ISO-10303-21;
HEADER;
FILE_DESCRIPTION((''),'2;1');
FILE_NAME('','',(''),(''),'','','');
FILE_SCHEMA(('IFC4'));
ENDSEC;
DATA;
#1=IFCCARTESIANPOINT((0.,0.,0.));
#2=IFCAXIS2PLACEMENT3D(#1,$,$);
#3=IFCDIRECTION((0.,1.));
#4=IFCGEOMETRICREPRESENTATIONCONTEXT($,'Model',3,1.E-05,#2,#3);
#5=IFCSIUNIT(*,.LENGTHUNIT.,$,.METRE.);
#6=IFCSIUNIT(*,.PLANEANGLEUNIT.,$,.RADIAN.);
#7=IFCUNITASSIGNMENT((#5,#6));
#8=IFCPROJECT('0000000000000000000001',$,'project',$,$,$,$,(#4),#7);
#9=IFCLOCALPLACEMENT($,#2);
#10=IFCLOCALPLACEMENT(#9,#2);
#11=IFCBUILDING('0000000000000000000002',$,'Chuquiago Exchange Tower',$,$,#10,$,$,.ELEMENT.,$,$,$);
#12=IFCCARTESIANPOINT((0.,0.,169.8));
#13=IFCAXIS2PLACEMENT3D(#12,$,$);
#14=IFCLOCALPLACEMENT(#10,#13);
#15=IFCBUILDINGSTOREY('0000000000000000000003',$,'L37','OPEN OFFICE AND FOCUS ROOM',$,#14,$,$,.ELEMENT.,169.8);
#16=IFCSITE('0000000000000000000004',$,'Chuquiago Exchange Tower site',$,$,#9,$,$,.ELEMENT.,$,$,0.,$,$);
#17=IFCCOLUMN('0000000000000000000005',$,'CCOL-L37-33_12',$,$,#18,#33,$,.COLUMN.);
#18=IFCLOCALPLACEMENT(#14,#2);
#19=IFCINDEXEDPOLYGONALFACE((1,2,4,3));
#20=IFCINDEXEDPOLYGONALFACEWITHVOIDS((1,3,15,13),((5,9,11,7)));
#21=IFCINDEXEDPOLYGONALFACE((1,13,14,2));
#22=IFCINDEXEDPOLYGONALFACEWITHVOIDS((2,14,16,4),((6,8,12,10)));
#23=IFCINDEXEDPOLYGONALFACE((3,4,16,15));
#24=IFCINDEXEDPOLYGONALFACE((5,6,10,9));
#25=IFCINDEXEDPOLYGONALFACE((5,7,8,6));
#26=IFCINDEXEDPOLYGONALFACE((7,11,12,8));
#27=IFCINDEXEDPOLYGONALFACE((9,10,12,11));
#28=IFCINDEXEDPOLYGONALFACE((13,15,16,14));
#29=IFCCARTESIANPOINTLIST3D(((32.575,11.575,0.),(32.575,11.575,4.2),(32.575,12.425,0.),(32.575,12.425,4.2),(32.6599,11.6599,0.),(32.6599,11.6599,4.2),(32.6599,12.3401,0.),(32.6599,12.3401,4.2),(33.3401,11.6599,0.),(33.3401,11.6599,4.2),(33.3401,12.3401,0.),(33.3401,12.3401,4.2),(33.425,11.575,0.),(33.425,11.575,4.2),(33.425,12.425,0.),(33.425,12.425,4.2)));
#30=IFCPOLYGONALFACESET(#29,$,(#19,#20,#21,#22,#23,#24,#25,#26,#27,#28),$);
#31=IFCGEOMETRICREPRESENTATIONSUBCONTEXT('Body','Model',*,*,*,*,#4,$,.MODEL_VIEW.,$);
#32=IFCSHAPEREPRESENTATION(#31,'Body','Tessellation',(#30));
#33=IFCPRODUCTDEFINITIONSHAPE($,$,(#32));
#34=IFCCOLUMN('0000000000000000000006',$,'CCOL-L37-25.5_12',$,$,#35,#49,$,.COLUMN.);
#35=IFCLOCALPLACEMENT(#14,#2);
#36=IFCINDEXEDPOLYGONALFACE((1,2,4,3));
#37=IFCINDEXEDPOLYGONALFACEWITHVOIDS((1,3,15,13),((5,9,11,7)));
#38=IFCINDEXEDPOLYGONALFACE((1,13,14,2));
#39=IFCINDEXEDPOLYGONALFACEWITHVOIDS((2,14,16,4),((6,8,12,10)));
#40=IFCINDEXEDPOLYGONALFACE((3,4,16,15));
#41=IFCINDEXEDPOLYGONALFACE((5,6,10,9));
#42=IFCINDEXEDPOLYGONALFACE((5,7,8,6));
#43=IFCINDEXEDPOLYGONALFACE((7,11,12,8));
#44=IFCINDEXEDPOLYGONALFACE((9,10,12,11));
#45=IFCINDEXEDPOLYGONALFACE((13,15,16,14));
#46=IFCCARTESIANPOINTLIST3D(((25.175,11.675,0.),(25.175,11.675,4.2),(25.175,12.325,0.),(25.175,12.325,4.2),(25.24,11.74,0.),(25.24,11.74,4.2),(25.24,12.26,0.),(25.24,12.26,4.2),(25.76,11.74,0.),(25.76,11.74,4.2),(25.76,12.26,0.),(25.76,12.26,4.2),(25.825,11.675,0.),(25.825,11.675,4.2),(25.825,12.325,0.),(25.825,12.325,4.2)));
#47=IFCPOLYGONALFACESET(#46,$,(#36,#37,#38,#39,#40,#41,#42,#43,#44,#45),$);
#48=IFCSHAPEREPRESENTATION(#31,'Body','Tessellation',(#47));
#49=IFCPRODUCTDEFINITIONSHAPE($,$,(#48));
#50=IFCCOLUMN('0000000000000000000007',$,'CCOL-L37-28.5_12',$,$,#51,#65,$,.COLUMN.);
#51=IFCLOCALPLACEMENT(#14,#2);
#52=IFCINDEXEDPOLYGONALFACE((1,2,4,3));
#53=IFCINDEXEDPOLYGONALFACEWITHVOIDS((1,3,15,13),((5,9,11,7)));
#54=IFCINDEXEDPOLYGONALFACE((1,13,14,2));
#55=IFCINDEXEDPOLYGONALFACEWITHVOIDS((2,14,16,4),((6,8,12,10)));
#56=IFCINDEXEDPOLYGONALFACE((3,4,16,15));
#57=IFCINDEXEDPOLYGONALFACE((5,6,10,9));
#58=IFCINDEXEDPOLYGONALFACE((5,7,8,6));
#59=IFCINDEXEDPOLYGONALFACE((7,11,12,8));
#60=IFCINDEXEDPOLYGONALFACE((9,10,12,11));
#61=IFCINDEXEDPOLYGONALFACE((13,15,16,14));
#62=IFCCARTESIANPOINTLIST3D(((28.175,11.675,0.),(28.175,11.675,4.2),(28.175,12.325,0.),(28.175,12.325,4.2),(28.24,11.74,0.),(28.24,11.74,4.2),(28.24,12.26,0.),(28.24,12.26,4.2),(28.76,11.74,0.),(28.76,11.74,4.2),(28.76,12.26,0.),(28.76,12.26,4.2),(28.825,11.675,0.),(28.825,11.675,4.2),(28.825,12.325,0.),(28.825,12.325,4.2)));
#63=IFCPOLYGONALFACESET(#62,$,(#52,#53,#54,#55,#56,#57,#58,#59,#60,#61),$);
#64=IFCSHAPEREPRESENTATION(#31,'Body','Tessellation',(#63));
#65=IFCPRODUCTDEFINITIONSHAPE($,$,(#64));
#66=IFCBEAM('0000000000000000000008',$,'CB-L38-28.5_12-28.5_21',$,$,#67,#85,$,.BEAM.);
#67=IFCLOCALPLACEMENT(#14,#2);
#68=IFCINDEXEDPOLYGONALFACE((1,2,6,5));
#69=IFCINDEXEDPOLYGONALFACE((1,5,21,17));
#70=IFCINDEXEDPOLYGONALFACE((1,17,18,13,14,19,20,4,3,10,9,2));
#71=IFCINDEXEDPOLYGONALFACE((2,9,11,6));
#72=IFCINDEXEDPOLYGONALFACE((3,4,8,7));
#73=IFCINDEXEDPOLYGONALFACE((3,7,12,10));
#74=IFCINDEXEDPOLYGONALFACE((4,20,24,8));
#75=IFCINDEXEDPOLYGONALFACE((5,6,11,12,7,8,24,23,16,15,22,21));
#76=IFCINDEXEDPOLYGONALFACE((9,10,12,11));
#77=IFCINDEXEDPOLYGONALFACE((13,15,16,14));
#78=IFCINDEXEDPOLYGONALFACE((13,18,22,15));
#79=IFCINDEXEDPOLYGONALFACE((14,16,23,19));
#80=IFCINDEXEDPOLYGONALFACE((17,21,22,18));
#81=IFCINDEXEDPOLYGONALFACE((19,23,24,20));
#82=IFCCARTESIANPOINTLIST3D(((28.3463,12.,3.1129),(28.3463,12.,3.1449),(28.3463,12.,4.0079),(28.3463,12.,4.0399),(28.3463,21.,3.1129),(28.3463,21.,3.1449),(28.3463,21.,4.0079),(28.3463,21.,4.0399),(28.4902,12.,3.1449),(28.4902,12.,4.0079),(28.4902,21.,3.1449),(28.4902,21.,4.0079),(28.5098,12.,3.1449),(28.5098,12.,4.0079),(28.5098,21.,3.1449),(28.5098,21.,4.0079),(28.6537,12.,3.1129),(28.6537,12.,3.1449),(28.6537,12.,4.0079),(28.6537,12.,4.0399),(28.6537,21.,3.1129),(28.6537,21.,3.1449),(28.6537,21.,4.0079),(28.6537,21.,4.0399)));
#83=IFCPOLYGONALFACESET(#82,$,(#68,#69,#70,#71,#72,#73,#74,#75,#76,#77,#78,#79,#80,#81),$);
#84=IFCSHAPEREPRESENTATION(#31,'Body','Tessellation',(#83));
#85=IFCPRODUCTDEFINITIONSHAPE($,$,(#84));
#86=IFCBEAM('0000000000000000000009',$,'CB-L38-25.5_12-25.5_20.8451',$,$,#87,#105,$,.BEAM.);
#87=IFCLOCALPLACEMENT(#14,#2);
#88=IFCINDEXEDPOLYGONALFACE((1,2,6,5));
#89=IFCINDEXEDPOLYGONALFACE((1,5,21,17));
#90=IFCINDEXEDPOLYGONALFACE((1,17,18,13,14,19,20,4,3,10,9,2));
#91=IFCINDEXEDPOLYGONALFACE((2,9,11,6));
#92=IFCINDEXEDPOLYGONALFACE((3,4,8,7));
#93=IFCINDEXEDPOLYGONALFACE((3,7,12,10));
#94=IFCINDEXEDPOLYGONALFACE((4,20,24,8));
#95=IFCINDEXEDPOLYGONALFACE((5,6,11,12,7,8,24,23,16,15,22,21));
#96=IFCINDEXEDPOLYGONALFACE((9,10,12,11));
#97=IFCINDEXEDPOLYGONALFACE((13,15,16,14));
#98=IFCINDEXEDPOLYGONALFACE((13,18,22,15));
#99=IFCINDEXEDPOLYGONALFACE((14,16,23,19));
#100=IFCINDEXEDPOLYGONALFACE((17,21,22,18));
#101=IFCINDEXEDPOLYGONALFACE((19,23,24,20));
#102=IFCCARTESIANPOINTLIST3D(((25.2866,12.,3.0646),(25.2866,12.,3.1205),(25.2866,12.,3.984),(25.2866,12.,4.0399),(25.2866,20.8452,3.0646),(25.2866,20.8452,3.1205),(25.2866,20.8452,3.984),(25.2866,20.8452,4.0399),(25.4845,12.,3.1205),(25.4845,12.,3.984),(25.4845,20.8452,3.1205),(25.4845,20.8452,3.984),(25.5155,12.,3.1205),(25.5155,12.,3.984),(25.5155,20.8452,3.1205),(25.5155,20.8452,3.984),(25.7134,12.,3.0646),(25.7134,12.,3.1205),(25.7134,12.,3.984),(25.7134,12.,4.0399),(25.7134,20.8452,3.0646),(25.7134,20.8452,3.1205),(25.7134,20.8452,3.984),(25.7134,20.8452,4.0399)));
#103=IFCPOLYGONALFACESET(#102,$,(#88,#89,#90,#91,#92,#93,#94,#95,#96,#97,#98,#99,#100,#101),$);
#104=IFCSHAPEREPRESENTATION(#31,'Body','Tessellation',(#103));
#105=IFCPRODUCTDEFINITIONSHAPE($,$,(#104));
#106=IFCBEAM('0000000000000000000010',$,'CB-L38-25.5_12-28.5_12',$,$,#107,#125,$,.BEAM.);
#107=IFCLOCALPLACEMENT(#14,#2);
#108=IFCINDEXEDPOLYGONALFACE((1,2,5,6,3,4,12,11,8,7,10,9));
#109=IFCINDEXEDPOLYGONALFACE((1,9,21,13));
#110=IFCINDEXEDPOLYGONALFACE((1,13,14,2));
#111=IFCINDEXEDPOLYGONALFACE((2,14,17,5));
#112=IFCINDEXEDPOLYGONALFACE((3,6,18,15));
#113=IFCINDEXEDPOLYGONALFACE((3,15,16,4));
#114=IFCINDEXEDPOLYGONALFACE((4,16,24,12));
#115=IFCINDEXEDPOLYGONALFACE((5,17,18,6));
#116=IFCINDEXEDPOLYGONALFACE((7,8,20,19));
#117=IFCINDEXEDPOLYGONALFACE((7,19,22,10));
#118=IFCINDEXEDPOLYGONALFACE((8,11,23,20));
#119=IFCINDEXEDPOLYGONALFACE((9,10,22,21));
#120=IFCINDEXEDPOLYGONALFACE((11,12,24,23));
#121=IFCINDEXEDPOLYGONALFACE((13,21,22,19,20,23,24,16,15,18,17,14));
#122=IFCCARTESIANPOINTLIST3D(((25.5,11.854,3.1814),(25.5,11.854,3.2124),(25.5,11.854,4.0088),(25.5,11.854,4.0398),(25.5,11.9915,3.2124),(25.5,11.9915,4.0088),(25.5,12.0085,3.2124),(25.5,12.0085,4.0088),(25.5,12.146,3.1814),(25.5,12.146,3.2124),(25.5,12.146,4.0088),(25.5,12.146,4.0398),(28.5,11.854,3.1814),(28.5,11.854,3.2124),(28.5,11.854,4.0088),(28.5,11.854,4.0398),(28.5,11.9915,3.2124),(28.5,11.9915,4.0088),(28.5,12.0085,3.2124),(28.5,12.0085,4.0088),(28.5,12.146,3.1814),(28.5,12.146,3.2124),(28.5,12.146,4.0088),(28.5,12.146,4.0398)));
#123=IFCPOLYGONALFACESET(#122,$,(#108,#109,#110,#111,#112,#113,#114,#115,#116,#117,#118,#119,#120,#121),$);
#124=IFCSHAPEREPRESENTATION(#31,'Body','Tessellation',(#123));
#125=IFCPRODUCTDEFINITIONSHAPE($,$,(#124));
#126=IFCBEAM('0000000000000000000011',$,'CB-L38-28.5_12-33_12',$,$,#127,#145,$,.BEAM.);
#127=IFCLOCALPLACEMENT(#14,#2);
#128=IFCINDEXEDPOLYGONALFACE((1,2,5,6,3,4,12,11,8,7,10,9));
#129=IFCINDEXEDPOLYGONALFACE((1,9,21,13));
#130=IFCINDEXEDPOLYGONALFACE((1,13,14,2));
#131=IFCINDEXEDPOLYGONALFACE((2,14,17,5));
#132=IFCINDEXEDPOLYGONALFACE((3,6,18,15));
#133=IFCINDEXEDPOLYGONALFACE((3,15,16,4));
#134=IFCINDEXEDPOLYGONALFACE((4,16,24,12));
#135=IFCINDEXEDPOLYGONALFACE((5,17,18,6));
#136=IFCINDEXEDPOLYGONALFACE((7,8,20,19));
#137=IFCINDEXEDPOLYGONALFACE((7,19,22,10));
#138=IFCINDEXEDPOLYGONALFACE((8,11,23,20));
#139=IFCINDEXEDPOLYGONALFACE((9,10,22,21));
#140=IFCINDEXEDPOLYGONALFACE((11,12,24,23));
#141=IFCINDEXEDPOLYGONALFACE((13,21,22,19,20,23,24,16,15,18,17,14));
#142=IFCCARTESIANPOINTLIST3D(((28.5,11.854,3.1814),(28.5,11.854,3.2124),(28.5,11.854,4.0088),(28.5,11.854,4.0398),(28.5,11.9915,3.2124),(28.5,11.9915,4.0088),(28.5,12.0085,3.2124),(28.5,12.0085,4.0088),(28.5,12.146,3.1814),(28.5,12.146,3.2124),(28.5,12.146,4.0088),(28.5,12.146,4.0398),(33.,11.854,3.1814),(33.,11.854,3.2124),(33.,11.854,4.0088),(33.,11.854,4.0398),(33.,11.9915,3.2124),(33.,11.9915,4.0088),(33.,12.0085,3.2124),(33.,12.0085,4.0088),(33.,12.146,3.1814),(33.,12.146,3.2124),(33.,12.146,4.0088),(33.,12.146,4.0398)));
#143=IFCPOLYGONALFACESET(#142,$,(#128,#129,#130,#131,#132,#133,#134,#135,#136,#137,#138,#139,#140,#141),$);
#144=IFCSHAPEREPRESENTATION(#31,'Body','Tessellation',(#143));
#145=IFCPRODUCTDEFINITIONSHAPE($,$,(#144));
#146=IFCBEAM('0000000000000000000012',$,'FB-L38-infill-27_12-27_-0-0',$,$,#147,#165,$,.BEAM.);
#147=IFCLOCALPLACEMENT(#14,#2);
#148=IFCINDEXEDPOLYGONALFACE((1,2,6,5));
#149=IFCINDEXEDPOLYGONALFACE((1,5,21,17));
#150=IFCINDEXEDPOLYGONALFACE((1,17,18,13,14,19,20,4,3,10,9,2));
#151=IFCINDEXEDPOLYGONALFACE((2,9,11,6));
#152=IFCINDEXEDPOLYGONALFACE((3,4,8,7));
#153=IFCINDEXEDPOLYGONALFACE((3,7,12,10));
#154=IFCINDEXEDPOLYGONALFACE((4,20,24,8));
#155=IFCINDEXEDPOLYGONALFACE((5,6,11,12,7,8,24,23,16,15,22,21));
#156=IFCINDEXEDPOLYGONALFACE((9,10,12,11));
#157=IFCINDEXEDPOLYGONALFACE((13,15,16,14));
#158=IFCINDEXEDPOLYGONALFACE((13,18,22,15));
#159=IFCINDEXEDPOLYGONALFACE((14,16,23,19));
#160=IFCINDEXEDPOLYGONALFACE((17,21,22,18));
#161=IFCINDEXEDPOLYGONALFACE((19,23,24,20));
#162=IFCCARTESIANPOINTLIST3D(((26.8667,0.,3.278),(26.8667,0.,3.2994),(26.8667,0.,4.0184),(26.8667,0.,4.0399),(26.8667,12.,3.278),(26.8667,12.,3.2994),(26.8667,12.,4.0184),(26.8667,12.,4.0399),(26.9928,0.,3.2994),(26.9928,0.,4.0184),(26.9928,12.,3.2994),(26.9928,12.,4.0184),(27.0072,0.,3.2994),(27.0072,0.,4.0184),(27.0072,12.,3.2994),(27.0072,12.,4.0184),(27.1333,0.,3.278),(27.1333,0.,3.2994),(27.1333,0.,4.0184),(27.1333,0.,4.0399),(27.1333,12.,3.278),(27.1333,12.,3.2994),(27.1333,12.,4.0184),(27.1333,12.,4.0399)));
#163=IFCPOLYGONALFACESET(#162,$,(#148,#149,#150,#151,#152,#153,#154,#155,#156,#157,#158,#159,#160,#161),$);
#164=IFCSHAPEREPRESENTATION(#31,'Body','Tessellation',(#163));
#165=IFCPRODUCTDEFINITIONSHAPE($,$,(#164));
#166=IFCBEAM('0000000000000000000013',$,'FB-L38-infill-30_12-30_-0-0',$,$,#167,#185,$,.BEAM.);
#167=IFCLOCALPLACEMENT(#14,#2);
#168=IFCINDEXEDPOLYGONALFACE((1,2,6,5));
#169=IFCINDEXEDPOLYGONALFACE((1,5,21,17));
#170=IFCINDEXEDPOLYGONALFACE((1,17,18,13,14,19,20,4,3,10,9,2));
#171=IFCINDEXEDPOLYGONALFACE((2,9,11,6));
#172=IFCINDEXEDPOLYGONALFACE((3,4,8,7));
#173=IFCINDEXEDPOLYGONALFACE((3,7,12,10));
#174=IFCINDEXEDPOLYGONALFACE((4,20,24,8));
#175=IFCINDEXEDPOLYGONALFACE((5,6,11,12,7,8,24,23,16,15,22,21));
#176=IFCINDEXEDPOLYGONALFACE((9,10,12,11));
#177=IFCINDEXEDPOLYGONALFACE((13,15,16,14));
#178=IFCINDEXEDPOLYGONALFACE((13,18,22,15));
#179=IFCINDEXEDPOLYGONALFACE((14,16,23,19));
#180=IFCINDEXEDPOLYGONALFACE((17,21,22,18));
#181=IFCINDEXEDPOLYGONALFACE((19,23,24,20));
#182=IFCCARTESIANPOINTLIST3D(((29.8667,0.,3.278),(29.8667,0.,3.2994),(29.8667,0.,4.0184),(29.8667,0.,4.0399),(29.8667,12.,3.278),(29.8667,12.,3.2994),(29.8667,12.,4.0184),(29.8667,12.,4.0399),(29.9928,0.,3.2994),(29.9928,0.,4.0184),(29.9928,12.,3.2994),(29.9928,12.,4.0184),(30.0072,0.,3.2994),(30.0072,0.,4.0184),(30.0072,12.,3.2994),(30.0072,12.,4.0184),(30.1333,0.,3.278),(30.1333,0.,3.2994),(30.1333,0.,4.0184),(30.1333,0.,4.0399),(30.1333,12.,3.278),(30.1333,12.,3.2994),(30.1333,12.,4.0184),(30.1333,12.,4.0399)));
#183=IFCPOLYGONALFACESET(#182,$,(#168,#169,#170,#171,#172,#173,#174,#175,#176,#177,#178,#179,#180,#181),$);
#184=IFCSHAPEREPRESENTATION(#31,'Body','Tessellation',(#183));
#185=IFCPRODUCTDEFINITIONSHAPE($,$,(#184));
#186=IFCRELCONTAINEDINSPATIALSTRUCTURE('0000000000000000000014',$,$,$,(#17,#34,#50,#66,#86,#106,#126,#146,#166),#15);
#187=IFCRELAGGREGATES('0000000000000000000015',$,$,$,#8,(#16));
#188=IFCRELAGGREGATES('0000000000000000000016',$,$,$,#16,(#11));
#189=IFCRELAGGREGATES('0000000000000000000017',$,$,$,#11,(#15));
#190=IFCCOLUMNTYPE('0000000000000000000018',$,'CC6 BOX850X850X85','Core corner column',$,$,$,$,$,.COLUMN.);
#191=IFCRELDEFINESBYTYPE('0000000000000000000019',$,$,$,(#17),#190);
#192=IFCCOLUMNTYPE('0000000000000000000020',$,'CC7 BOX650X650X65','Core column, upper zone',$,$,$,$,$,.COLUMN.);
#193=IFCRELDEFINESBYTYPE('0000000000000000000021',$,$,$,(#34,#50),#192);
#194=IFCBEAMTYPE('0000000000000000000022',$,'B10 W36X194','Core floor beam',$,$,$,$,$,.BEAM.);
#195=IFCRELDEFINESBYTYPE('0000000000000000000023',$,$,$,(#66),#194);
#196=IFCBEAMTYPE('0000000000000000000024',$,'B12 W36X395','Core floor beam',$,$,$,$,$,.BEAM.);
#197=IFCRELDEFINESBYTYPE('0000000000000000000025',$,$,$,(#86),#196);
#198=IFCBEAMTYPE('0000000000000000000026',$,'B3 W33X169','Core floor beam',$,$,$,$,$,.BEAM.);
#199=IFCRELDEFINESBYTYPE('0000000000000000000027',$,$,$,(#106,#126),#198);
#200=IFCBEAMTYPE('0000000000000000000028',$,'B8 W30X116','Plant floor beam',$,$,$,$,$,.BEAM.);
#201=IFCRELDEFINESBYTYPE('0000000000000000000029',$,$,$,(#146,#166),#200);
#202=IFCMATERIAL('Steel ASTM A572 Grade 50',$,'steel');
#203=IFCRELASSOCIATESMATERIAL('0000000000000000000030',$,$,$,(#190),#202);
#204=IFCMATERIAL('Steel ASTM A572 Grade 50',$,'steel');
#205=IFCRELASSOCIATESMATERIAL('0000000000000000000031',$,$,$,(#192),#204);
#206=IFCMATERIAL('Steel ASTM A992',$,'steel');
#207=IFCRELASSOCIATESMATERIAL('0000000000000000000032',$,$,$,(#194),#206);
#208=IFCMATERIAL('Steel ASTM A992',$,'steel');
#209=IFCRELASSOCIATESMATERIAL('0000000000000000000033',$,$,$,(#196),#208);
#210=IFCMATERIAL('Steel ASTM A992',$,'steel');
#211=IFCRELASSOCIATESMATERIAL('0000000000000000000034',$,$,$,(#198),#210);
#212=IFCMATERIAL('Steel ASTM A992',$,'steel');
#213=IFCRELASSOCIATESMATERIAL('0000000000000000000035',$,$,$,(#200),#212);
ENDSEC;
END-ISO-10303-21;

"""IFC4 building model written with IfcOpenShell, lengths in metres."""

from ifc_helpers import new_model, si_unit, direction, frame, origin, origin_2d, place, context, subcontext, project, spatial, hollow_rectangle, i_section, extrude, material, material_profile, profile_set, type_object, element, save


model = new_model("IFC4")

# Units and contexts
model_context = context("Model", 3, precision=1e-05, world=origin(), true_north=direction((0.0, 1.0)))
body_context = subcontext(model_context, "Body", "Model", "MODEL_VIEW")
ifc_project = project(units=[si_unit("LENGTHUNIT", "METRE"), si_unit("PLANEANGLEUNIT", "RADIAN")], contexts=[model_context])

# Site, building, storey
site_placement = place(None, origin())
site = spatial("IfcSite", under=ifc_project, at=site_placement, Name="Chuquiago Exchange Tower site", CompositionType="ELEMENT", RefElevation=0.0)
building_placement = place(site_placement, origin())
building = spatial("IfcBuilding", under=site, at=building_placement, Name="Chuquiago Exchange Tower", CompositionType="ELEMENT")
storey_placement = place(building_placement, frame((0.0, 0.0, 169.8)))
storey = spatial("IfcBuildingStorey", under=building, at=storey_placement, Name="L37", Description="OPEN OFFICE AND FOCUS ROOM", CompositionType="ELEMENT", Elevation=169.8)

# Columns
ifc_material_1 = material(Name="Steel ASTM A572 Grade 50", Category="steel")
ifc_material_profile_1 = material_profile(ifc_material_1, hollow_rectangle(XDim=0.8501, YDim=0.8501, WallThickness=0.085, at=origin_2d()), Name="BOX850X850X85")
ifc_profile_set_1 = profile_set([ifc_material_profile_1], Name="Steel ASTM A572 Grade 50")
column_type_1 = type_object("IfcColumnType", Name="CC6 BOX850X850X85", Description="Core corner column", PredefinedType="COLUMN", material=ifc_profile_set_1)
column_placement = place(storey_placement, frame((33.0, 12.0, 0.0), z_axis=(0.0, 0.0, 1.0), x_axis=(1.0, 0.0, 0.0)))
element("IfcColumn", 1, at=column_placement, inside=storey, type_object=column_type_1, Name="CCOL-L37-33_12", PredefinedType="COLUMN", context=body_context, shape_type="SweptSolid", body=[
    extrude(hollow_rectangle(XDim=0.8501, YDim=0.8501, WallThickness=0.085, at=origin_2d()), origin(), (0.0, 0.0, 1.0), 4.2),
])
ifc_material_2 = material(Name="Steel ASTM A572 Grade 50", Category="steel")
ifc_material_profile_2 = material_profile(ifc_material_2, hollow_rectangle(XDim=0.6499, YDim=0.6499, WallThickness=0.0649, at=origin_2d()), Name="BOX650X650X65")
ifc_profile_set_2 = profile_set([ifc_material_profile_2], Name="Steel ASTM A572 Grade 50")
column_type_2 = type_object("IfcColumnType", Name="CC7 BOX650X650X65", Description="Core column, upper zone", PredefinedType="COLUMN", material=ifc_profile_set_2)
for number, where, z_axis, x_axis, name in (
    (2, (25.5, 12.0, 0.0), (0.0, 0.0, 1.0), (1.0, 0.0, 0.0), "CCOL-L37-25.5_12"),
    (3, (28.5, 12.0, 0.0), (0.0, 0.0, 1.0), (1.0, 0.0, 0.0), "CCOL-L37-28.5_12"),
):
    element("IfcColumn", number, at=place(storey_placement, frame(where, z_axis=z_axis, x_axis=x_axis)), inside=storey, type_object=column_type_2, Name=name, PredefinedType="COLUMN", context=body_context, shape_type="SweptSolid", body=[
        extrude(hollow_rectangle(XDim=0.6499, YDim=0.6499, WallThickness=0.0649, at=origin_2d()), origin(), (0.0, 0.0, 1.0), 4.2),
    ])

# Beams
ifc_material_3 = material(Name="Steel ASTM A992", Category="steel")
ifc_material_profile_3 = material_profile(ifc_material_3, i_section(OverallWidth=0.3074, OverallDepth=0.927, WebThickness=0.0195, FlangeThickness=0.032, at=origin_2d()), Name="W36X194")
ifc_profile_set_3 = profile_set([ifc_material_profile_3], Name="Steel ASTM A992")
beam_type_1 = type_object("IfcBeamType", Name="B10 W36X194", Description="Core floor beam", PredefinedType="BEAM", material=ifc_profile_set_3)
beam_1_placement = place(storey_placement, frame((28.5, 12.0, 3.5764), z_axis=(0.0, 1.0, 0.0), x_axis=(-1.0, 0.0, 0.0)))
element("IfcBeam", 4, at=beam_1_placement, inside=storey, type_object=beam_type_1, Name="CB-L38-28.5_12-28.5_21", PredefinedType="BEAM", context=body_context, shape_type="SweptSolid", body=[
    extrude(i_section(OverallWidth=0.3074, OverallDepth=0.927, WebThickness=0.0195, FlangeThickness=0.032, at=origin_2d()), origin(), (0.0, 0.0, 1.0), 9.0),
])
ifc_material_4 = material(Name="Steel ASTM A992", Category="steel")
ifc_material_profile_4 = material_profile(ifc_material_4, i_section(OverallWidth=0.4268, OverallDepth=0.9753, WebThickness=0.031, FlangeThickness=0.0559, at=origin_2d()), Name="W36X395")
ifc_profile_set_4 = profile_set([ifc_material_profile_4], Name="Steel ASTM A992")
beam_type_2 = type_object("IfcBeamType", Name="B12 W36X395", Description="Core floor beam", PredefinedType="BEAM", material=ifc_profile_set_4)
beam_2_placement = place(storey_placement, frame((25.5, 12.0, 3.5522), z_axis=(0.0, 1.0, 0.0), x_axis=(-1.0, 0.0, 0.0)))
element("IfcBeam", 5, at=beam_2_placement, inside=storey, type_object=beam_type_2, Name="CB-L38-25.5_12-25.5_20.8451", PredefinedType="BEAM", context=body_context, shape_type="SweptSolid", body=[
    extrude(i_section(OverallWidth=0.4268, OverallDepth=0.9753, WebThickness=0.031, FlangeThickness=0.0559, at=origin_2d()), origin(), (0.0, 0.0, 1.0), 8.8452),
])
ifc_material_5 = material(Name="Steel ASTM A992", Category="steel")
ifc_material_profile_5 = material_profile(ifc_material_5, i_section(OverallWidth=0.292, OverallDepth=0.8584, WebThickness=0.0171, FlangeThickness=0.031, at=origin_2d()), Name="W33X169")
ifc_profile_set_5 = profile_set([ifc_material_profile_5], Name="Steel ASTM A992")
beam_type_3 = type_object("IfcBeamType", Name="B3 W33X169", Description="Core floor beam", PredefinedType="BEAM", material=ifc_profile_set_5)
beam_3_placement = place(storey_placement, frame((25.5, 12.0, 3.6106), z_axis=(1.0, 0.0, 0.0), x_axis=(0.0, 1.0, 0.0)))
element("IfcBeam", 6, at=beam_3_placement, inside=storey, type_object=beam_type_3, Name="CB-L38-25.5_12-28.5_12", PredefinedType="BEAM", context=body_context, shape_type="SweptSolid", body=[
    extrude(i_section(OverallWidth=0.292, OverallDepth=0.8584, WebThickness=0.0171, FlangeThickness=0.031, at=origin_2d()), origin(), (0.0, 0.0, 1.0), 3.0),
])
beam_4_placement = place(storey_placement, frame((28.5, 12.0, 3.6106), z_axis=(1.0, 0.0, 0.0), x_axis=(0.0, 1.0, 0.0)))
element("IfcBeam", 7, at=beam_4_placement, inside=storey, type_object=beam_type_3, Name="CB-L38-28.5_12-33_12", PredefinedType="BEAM", context=body_context, shape_type="SweptSolid", body=[
    extrude(i_section(OverallWidth=0.292, OverallDepth=0.8584, WebThickness=0.0171, FlangeThickness=0.031, at=origin_2d()), origin(), (0.0, 0.0, 1.0), 4.5),
])
ifc_material_6 = material(Name="Steel ASTM A992", Category="steel")
ifc_material_profile_6 = material_profile(ifc_material_6, i_section(OverallWidth=0.2666, OverallDepth=0.762, WebThickness=0.0144, FlangeThickness=0.0215, at=origin_2d()), Name="W30X116")
ifc_profile_set_6 = profile_set([ifc_material_profile_6], Name="Steel ASTM A992")
beam_type_4 = type_object("IfcBeamType", Name="B8 W30X116", Description="Plant floor beam", PredefinedType="BEAM", material=ifc_profile_set_6)
for number, where, z_axis, x_axis, name in (
    (8, (27.0, 12.0, 3.6589), (0.0, -1.0, 0.0), (1.0, 0.0, 0.0), "FB-L38-infill-27_12-27_-0-0"),
    (9, (30.0, 12.0, 3.6589), (0.0, -1.0, 0.0), (1.0, 0.0, 0.0), "FB-L38-infill-30_12-30_-0-0"),
):
    element("IfcBeam", number, at=place(storey_placement, frame(where, z_axis=z_axis, x_axis=x_axis)), inside=storey, type_object=beam_type_4, Name=name, PredefinedType="BEAM", context=body_context, shape_type="SweptSolid", body=[
        extrude(i_section(OverallWidth=0.2666, OverallDepth=0.762, WebThickness=0.0144, FlangeThickness=0.0215, at=origin_2d()), origin(), (0.0, 0.0, 1.0), 12.0),
    ])

save(model, "model.ifc")
